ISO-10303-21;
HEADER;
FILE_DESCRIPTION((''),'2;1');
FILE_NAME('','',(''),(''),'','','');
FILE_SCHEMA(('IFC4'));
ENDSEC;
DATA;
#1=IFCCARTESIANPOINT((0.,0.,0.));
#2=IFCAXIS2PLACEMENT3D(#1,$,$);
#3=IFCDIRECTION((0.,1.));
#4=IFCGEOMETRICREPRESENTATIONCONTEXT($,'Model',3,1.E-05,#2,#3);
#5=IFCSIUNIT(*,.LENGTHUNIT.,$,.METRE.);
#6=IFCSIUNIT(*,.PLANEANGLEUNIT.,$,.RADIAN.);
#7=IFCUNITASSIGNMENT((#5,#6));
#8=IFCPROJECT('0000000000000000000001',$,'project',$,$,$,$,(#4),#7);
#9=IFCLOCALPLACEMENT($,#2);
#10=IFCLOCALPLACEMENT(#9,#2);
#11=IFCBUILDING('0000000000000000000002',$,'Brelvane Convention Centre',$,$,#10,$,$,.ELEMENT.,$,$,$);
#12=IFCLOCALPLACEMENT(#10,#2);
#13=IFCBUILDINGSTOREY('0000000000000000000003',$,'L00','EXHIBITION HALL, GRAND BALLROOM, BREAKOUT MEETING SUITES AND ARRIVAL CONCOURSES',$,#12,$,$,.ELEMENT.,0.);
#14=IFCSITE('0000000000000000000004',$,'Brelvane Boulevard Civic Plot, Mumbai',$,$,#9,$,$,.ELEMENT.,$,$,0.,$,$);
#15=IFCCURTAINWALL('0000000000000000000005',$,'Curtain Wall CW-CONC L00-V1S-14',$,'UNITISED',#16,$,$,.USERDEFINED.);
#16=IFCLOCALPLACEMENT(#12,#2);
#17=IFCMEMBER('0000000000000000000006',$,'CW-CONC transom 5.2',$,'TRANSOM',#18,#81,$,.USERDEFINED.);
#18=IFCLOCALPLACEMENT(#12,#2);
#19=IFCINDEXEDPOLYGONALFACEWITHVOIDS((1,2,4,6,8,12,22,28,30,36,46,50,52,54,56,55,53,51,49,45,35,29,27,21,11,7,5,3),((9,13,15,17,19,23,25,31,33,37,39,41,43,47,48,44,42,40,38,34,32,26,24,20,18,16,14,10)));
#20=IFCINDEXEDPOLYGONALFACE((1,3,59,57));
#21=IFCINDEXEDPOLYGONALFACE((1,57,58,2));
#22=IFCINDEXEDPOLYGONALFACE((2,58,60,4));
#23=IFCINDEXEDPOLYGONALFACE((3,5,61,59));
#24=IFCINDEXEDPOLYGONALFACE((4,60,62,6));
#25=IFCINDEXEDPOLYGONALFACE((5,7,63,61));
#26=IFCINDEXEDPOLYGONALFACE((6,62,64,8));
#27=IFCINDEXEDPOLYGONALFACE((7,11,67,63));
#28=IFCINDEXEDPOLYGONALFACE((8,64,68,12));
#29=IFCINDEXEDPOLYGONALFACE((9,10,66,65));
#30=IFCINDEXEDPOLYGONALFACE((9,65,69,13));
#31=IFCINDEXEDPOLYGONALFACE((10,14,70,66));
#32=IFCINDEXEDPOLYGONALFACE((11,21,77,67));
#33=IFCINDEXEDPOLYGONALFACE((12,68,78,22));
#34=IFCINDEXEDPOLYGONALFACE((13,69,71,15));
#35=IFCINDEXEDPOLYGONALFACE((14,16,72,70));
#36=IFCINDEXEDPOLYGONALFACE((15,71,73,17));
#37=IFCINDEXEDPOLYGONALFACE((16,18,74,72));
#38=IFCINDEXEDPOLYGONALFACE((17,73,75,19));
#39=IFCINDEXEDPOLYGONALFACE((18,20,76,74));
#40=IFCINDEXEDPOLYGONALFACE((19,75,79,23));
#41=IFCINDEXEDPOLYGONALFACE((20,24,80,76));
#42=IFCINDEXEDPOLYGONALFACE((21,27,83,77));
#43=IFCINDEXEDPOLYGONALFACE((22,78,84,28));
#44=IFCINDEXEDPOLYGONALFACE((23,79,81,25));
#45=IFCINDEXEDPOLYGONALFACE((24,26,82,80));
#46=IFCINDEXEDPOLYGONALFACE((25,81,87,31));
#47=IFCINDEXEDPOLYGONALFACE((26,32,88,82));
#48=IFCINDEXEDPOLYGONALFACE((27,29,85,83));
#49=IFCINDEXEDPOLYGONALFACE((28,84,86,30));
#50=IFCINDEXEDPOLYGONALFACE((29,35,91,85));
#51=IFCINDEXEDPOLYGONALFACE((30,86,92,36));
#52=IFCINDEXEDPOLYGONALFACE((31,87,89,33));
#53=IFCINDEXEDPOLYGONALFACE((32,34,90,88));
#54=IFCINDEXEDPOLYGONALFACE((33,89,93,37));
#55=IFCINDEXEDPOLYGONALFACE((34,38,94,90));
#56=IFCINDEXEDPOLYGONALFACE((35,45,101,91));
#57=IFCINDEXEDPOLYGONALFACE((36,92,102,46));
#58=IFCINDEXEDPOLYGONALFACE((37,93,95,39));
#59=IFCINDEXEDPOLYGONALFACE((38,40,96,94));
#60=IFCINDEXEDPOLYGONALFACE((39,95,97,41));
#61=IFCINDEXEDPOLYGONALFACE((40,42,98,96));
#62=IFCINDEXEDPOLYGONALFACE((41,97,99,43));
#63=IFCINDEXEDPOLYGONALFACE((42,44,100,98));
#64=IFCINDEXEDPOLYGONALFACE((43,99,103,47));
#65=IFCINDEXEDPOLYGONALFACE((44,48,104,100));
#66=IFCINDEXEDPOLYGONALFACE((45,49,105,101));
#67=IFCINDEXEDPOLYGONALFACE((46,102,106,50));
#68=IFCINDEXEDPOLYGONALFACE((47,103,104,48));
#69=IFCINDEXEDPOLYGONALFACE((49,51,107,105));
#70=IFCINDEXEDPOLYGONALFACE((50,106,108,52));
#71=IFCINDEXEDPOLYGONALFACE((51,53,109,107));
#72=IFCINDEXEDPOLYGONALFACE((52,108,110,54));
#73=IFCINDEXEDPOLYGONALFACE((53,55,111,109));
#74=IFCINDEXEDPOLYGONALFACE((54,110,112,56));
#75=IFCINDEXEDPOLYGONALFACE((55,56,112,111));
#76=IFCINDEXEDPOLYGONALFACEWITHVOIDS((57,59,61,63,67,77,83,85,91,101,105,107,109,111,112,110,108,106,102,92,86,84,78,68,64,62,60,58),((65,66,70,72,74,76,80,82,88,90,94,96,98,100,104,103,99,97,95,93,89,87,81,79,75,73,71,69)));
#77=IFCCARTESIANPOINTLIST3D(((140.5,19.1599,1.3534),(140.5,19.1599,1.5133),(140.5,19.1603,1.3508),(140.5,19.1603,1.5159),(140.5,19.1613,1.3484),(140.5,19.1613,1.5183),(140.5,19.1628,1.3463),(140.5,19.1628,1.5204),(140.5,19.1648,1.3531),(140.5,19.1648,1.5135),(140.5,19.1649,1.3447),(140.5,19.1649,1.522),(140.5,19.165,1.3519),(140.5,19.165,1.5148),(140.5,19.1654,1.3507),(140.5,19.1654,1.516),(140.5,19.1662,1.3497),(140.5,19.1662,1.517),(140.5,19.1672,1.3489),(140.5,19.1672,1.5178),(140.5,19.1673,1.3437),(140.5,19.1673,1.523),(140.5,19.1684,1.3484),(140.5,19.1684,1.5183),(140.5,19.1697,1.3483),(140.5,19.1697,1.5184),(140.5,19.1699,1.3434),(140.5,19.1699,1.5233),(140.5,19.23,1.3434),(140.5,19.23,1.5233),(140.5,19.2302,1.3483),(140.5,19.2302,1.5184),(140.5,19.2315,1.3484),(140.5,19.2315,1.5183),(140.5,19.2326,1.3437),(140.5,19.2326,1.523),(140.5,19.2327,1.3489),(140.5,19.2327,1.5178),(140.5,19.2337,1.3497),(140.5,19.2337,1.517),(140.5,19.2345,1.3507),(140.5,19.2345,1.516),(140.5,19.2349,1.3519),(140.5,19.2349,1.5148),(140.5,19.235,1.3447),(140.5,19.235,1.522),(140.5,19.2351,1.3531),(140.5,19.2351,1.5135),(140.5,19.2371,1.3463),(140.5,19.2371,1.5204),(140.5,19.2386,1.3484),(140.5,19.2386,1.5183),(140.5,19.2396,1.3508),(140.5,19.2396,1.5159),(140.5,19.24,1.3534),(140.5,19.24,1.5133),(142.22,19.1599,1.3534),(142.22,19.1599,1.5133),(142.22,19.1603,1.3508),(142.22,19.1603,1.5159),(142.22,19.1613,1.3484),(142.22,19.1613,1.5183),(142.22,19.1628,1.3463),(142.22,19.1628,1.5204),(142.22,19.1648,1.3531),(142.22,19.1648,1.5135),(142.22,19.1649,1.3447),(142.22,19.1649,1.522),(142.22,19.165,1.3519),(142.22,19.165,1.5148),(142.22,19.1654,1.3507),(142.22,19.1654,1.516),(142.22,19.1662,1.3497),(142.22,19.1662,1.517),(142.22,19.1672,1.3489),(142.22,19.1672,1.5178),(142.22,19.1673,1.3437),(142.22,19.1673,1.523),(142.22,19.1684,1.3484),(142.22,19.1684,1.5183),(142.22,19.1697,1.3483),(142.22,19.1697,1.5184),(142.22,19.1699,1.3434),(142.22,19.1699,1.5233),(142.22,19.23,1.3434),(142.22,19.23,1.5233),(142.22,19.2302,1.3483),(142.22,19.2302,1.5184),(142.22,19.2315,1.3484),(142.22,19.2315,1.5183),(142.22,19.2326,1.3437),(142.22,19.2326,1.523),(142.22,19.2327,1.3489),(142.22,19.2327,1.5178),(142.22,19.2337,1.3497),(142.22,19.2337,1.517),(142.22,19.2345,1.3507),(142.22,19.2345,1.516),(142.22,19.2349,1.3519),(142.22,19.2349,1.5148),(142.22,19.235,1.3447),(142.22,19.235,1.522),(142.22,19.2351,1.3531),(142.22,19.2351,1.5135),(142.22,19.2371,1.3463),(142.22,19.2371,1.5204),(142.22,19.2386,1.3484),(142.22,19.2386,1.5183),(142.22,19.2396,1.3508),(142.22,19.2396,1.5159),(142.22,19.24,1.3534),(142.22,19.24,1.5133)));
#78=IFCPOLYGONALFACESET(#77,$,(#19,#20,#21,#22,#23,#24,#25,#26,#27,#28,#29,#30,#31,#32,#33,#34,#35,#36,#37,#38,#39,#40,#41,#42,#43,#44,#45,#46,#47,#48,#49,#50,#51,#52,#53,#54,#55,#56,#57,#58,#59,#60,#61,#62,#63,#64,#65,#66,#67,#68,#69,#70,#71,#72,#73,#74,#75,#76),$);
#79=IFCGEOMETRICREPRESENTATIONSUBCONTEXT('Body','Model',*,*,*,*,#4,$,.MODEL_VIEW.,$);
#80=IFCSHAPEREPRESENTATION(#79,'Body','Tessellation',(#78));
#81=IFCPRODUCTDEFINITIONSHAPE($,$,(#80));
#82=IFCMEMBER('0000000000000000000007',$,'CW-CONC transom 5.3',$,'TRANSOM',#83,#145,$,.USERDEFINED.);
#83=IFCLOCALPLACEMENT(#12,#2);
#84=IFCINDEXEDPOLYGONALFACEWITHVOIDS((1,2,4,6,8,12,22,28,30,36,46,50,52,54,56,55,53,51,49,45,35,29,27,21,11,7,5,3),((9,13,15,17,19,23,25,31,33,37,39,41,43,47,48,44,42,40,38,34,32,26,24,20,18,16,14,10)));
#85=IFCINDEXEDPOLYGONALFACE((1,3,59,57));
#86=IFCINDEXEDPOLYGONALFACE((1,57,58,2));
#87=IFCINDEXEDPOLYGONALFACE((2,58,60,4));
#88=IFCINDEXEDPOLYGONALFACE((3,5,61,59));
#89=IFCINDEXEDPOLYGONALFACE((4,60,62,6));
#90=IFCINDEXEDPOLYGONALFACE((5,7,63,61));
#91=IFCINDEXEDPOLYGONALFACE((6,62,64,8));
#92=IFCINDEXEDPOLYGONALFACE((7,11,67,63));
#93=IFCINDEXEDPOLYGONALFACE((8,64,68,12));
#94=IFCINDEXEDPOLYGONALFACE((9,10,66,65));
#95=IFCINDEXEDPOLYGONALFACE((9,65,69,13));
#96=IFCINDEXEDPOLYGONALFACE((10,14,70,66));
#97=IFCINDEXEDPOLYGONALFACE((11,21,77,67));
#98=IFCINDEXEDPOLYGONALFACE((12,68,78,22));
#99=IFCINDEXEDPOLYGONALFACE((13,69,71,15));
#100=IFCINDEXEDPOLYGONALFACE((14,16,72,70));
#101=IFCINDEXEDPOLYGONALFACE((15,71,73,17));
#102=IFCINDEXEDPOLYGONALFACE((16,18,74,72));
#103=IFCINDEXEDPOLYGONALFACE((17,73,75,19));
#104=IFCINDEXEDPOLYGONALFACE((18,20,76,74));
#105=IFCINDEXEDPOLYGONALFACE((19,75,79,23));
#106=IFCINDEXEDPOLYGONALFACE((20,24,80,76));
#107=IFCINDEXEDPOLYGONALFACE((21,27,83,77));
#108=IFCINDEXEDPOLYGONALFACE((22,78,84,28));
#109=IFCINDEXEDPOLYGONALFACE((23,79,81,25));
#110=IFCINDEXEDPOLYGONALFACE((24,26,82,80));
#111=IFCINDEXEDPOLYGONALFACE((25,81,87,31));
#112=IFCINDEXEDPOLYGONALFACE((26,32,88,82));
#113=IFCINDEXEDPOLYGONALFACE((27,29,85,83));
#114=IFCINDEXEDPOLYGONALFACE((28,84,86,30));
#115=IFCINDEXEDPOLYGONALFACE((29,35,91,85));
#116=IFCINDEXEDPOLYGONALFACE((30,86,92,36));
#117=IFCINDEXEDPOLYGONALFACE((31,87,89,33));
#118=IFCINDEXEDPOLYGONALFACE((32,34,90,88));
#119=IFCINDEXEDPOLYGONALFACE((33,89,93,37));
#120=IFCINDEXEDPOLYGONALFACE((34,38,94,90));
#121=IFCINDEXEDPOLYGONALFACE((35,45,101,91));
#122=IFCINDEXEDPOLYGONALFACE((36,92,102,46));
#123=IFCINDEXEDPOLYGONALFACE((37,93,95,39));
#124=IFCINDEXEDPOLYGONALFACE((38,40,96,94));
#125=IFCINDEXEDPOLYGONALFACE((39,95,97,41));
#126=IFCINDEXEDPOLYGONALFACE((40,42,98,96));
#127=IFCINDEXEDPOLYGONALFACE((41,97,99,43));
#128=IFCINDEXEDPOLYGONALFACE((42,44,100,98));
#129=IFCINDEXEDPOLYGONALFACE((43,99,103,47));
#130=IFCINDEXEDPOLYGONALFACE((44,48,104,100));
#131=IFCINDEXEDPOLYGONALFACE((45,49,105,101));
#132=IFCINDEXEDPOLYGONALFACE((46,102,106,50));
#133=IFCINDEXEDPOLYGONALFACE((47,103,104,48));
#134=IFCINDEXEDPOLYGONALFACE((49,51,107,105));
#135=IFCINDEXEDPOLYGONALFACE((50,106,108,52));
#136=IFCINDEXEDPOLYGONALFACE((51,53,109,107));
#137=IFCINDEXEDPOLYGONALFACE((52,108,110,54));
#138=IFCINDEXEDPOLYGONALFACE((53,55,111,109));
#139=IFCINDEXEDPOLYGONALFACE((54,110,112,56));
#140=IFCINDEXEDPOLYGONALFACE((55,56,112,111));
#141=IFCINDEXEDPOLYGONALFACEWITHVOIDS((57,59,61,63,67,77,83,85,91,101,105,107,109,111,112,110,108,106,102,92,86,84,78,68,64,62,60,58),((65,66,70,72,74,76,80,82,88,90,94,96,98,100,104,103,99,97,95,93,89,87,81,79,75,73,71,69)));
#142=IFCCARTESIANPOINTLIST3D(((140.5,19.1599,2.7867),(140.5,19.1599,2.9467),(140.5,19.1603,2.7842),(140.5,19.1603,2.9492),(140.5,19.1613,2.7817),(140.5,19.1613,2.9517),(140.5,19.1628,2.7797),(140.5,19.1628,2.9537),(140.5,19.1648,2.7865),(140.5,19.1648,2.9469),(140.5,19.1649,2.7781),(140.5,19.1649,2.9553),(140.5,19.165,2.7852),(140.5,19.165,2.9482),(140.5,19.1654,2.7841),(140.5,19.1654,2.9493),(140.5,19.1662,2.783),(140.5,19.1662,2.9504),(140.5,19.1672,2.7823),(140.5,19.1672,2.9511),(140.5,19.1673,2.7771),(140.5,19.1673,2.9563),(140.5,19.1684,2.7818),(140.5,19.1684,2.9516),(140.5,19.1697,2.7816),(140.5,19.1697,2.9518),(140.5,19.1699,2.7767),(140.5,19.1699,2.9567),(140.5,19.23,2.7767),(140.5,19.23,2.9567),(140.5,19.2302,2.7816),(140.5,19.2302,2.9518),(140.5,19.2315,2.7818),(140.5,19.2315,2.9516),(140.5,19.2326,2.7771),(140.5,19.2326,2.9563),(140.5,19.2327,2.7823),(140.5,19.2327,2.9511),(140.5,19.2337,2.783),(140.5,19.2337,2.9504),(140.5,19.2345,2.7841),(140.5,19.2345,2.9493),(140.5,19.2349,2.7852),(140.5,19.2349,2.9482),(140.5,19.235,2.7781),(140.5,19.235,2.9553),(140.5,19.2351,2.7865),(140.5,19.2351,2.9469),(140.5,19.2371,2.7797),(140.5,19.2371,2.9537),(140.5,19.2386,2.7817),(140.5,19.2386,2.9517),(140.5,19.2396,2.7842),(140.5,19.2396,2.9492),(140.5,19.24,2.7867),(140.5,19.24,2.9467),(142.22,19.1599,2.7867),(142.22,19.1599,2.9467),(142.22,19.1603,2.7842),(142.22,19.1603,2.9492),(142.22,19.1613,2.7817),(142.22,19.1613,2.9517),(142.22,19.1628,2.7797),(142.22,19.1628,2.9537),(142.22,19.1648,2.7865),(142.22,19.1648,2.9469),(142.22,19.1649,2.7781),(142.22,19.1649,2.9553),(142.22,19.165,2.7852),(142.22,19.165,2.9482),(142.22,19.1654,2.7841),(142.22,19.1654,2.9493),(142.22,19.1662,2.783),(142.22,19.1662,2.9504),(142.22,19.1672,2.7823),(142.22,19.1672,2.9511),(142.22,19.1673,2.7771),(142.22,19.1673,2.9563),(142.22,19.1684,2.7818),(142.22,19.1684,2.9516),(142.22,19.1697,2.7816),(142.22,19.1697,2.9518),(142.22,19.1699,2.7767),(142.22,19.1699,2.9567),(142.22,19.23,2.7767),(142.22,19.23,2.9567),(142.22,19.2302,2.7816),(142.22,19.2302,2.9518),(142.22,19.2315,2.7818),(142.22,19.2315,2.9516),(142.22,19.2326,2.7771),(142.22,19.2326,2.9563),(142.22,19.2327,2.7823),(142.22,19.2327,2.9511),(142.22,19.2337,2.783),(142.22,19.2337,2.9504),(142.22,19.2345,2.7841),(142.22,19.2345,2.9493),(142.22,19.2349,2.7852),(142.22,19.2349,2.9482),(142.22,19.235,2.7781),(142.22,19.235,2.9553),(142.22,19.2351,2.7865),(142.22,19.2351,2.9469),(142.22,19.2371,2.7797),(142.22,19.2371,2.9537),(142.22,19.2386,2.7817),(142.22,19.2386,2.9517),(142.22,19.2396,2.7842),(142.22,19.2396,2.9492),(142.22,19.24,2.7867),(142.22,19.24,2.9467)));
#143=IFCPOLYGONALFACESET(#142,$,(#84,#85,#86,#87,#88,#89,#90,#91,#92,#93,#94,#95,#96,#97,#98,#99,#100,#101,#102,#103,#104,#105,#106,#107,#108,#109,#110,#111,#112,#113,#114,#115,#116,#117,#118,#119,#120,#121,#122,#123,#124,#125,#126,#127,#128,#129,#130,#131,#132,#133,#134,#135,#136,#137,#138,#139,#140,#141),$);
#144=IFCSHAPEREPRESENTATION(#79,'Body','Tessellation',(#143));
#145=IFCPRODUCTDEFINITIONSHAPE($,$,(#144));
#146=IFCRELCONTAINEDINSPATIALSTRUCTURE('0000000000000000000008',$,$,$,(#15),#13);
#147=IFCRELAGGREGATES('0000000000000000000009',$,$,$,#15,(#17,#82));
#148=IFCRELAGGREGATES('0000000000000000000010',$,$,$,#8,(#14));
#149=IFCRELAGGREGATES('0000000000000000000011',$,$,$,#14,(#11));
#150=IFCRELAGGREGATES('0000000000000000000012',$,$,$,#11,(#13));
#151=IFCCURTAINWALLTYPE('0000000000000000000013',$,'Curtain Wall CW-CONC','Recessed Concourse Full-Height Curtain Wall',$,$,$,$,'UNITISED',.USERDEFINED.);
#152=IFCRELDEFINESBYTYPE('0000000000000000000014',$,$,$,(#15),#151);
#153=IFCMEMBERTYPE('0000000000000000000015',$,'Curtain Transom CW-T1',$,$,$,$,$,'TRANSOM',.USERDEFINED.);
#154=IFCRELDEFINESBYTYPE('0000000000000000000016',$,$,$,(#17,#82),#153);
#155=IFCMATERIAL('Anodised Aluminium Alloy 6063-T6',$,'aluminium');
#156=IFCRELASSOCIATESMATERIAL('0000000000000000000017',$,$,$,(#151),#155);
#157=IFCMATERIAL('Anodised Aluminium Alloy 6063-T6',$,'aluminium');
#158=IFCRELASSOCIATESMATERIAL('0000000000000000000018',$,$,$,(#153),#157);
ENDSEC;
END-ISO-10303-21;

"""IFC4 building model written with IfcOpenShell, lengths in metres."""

from ifc_helpers import new_model, si_unit, direction, frame, origin, origin_2d, place, context, subcontext, project, spatial, hollow_rectangle, extrude, material, material_profile, profile_set, type_object, element, aggregate, save


model = new_model("IFC4")

# Units and contexts
model_context = context("Model", 3, precision=1e-05, world=origin(), true_north=direction((0.0, 1.0)))
body_context = subcontext(model_context, "Body", "Model", "MODEL_VIEW")
ifc_project = project(units=[si_unit("LENGTHUNIT", "METRE"), si_unit("PLANEANGLEUNIT", "RADIAN")], contexts=[model_context])

# Site, building, storey
site_placement = place(None, origin())
site = spatial("IfcSite", under=ifc_project, at=site_placement, Name="Brelvane Boulevard Civic Plot, Mumbai", CompositionType="ELEMENT", RefElevation=0.0)
building_placement = place(site_placement, origin())
building = spatial("IfcBuilding", under=site, at=building_placement, Name="Brelvane Convention Centre", CompositionType="ELEMENT")
storey_placement = place(building_placement, origin())
storey = spatial("IfcBuildingStorey", under=building, at=storey_placement, Name="L00", Description="EXHIBITION HALL, GRAND BALLROOM, BREAKOUT MEETING SUITES AND ARRIVAL CONCOURSES", CompositionType="ELEMENT", Elevation=0.0)

# Curtain wall, members
ifc_material_1 = material(Name="Anodised Aluminium Alloy 6063-T6", Category="aluminium")
curtain_wall_type = type_object("IfcCurtainWallType", Name="Curtain Wall CW-CONC", Description="Recessed Concourse Full-Height Curtain Wall", ElementType="UNITISED", PredefinedType="USERDEFINED", material=ifc_material_1)
curtain_wall_placement = place(storey_placement, origin())
curtain_wall = element("IfcCurtainWall", 1, at=curtain_wall_placement, inside=storey, type_object=curtain_wall_type, Name="Curtain Wall CW-CONC L00-V1S-14", ObjectType="UNITISED", PredefinedType="USERDEFINED")
ifc_material_2 = material(Name="Anodised Aluminium Alloy 6063-T6", Category="aluminium")
ifc_material_profile_1 = material_profile(ifc_material_2, hollow_rectangle(XDim=0.0801, YDim=0.1799, WallThickness=0.0049, InnerFilletRadius=0.0049, OuterFilletRadius=0.01, at=origin_2d()), Name="ALU-T 180x80x5.0")
ifc_profile_set_1 = profile_set([ifc_material_profile_1], Name="Anodised Aluminium Alloy 6063-T6")
member_type_1 = type_object("IfcMemberType", Name="Curtain Transom CW-T1", ElementType="TRANSOM", PredefinedType="USERDEFINED", material=ifc_profile_set_1)
member_1_placement = place(storey_placement, frame((140.5, 19.2, 1.4333), z_axis=(1.0, 0.0, 0.0), x_axis=(0.0, 1.0, 0.0)))
member_1 = element("IfcMember", 2, at=member_1_placement, type_object=member_type_1, Name="CW-CONC transom 5.2", ObjectType="TRANSOM", PredefinedType="USERDEFINED", context=body_context, shape_type="SweptSolid", body=[
    extrude(hollow_rectangle(XDim=0.0801, YDim=0.1799, WallThickness=0.0049, InnerFilletRadius=0.0049, OuterFilletRadius=0.01, at=origin_2d()), origin(), (0.0, 0.0, 1.0), 1.72),
])
member_2_placement = place(storey_placement, frame((140.5, 19.2, 2.8667), z_axis=(1.0, 0.0, 0.0), x_axis=(0.0, 1.0, 0.0)))
member_2 = element("IfcMember", 3, at=member_2_placement, type_object=member_type_1, Name="CW-CONC transom 5.3", ObjectType="TRANSOM", PredefinedType="USERDEFINED", context=body_context, shape_type="SweptSolid", body=[
    extrude(hollow_rectangle(XDim=0.0801, YDim=0.1799, WallThickness=0.0049, InnerFilletRadius=0.0049, OuterFilletRadius=0.01, at=origin_2d()), origin(), (0.0, 0.0, 1.0), 1.72),
])
aggregate(curtain_wall, [member_1, member_2])

save(model, "model.ifc")
